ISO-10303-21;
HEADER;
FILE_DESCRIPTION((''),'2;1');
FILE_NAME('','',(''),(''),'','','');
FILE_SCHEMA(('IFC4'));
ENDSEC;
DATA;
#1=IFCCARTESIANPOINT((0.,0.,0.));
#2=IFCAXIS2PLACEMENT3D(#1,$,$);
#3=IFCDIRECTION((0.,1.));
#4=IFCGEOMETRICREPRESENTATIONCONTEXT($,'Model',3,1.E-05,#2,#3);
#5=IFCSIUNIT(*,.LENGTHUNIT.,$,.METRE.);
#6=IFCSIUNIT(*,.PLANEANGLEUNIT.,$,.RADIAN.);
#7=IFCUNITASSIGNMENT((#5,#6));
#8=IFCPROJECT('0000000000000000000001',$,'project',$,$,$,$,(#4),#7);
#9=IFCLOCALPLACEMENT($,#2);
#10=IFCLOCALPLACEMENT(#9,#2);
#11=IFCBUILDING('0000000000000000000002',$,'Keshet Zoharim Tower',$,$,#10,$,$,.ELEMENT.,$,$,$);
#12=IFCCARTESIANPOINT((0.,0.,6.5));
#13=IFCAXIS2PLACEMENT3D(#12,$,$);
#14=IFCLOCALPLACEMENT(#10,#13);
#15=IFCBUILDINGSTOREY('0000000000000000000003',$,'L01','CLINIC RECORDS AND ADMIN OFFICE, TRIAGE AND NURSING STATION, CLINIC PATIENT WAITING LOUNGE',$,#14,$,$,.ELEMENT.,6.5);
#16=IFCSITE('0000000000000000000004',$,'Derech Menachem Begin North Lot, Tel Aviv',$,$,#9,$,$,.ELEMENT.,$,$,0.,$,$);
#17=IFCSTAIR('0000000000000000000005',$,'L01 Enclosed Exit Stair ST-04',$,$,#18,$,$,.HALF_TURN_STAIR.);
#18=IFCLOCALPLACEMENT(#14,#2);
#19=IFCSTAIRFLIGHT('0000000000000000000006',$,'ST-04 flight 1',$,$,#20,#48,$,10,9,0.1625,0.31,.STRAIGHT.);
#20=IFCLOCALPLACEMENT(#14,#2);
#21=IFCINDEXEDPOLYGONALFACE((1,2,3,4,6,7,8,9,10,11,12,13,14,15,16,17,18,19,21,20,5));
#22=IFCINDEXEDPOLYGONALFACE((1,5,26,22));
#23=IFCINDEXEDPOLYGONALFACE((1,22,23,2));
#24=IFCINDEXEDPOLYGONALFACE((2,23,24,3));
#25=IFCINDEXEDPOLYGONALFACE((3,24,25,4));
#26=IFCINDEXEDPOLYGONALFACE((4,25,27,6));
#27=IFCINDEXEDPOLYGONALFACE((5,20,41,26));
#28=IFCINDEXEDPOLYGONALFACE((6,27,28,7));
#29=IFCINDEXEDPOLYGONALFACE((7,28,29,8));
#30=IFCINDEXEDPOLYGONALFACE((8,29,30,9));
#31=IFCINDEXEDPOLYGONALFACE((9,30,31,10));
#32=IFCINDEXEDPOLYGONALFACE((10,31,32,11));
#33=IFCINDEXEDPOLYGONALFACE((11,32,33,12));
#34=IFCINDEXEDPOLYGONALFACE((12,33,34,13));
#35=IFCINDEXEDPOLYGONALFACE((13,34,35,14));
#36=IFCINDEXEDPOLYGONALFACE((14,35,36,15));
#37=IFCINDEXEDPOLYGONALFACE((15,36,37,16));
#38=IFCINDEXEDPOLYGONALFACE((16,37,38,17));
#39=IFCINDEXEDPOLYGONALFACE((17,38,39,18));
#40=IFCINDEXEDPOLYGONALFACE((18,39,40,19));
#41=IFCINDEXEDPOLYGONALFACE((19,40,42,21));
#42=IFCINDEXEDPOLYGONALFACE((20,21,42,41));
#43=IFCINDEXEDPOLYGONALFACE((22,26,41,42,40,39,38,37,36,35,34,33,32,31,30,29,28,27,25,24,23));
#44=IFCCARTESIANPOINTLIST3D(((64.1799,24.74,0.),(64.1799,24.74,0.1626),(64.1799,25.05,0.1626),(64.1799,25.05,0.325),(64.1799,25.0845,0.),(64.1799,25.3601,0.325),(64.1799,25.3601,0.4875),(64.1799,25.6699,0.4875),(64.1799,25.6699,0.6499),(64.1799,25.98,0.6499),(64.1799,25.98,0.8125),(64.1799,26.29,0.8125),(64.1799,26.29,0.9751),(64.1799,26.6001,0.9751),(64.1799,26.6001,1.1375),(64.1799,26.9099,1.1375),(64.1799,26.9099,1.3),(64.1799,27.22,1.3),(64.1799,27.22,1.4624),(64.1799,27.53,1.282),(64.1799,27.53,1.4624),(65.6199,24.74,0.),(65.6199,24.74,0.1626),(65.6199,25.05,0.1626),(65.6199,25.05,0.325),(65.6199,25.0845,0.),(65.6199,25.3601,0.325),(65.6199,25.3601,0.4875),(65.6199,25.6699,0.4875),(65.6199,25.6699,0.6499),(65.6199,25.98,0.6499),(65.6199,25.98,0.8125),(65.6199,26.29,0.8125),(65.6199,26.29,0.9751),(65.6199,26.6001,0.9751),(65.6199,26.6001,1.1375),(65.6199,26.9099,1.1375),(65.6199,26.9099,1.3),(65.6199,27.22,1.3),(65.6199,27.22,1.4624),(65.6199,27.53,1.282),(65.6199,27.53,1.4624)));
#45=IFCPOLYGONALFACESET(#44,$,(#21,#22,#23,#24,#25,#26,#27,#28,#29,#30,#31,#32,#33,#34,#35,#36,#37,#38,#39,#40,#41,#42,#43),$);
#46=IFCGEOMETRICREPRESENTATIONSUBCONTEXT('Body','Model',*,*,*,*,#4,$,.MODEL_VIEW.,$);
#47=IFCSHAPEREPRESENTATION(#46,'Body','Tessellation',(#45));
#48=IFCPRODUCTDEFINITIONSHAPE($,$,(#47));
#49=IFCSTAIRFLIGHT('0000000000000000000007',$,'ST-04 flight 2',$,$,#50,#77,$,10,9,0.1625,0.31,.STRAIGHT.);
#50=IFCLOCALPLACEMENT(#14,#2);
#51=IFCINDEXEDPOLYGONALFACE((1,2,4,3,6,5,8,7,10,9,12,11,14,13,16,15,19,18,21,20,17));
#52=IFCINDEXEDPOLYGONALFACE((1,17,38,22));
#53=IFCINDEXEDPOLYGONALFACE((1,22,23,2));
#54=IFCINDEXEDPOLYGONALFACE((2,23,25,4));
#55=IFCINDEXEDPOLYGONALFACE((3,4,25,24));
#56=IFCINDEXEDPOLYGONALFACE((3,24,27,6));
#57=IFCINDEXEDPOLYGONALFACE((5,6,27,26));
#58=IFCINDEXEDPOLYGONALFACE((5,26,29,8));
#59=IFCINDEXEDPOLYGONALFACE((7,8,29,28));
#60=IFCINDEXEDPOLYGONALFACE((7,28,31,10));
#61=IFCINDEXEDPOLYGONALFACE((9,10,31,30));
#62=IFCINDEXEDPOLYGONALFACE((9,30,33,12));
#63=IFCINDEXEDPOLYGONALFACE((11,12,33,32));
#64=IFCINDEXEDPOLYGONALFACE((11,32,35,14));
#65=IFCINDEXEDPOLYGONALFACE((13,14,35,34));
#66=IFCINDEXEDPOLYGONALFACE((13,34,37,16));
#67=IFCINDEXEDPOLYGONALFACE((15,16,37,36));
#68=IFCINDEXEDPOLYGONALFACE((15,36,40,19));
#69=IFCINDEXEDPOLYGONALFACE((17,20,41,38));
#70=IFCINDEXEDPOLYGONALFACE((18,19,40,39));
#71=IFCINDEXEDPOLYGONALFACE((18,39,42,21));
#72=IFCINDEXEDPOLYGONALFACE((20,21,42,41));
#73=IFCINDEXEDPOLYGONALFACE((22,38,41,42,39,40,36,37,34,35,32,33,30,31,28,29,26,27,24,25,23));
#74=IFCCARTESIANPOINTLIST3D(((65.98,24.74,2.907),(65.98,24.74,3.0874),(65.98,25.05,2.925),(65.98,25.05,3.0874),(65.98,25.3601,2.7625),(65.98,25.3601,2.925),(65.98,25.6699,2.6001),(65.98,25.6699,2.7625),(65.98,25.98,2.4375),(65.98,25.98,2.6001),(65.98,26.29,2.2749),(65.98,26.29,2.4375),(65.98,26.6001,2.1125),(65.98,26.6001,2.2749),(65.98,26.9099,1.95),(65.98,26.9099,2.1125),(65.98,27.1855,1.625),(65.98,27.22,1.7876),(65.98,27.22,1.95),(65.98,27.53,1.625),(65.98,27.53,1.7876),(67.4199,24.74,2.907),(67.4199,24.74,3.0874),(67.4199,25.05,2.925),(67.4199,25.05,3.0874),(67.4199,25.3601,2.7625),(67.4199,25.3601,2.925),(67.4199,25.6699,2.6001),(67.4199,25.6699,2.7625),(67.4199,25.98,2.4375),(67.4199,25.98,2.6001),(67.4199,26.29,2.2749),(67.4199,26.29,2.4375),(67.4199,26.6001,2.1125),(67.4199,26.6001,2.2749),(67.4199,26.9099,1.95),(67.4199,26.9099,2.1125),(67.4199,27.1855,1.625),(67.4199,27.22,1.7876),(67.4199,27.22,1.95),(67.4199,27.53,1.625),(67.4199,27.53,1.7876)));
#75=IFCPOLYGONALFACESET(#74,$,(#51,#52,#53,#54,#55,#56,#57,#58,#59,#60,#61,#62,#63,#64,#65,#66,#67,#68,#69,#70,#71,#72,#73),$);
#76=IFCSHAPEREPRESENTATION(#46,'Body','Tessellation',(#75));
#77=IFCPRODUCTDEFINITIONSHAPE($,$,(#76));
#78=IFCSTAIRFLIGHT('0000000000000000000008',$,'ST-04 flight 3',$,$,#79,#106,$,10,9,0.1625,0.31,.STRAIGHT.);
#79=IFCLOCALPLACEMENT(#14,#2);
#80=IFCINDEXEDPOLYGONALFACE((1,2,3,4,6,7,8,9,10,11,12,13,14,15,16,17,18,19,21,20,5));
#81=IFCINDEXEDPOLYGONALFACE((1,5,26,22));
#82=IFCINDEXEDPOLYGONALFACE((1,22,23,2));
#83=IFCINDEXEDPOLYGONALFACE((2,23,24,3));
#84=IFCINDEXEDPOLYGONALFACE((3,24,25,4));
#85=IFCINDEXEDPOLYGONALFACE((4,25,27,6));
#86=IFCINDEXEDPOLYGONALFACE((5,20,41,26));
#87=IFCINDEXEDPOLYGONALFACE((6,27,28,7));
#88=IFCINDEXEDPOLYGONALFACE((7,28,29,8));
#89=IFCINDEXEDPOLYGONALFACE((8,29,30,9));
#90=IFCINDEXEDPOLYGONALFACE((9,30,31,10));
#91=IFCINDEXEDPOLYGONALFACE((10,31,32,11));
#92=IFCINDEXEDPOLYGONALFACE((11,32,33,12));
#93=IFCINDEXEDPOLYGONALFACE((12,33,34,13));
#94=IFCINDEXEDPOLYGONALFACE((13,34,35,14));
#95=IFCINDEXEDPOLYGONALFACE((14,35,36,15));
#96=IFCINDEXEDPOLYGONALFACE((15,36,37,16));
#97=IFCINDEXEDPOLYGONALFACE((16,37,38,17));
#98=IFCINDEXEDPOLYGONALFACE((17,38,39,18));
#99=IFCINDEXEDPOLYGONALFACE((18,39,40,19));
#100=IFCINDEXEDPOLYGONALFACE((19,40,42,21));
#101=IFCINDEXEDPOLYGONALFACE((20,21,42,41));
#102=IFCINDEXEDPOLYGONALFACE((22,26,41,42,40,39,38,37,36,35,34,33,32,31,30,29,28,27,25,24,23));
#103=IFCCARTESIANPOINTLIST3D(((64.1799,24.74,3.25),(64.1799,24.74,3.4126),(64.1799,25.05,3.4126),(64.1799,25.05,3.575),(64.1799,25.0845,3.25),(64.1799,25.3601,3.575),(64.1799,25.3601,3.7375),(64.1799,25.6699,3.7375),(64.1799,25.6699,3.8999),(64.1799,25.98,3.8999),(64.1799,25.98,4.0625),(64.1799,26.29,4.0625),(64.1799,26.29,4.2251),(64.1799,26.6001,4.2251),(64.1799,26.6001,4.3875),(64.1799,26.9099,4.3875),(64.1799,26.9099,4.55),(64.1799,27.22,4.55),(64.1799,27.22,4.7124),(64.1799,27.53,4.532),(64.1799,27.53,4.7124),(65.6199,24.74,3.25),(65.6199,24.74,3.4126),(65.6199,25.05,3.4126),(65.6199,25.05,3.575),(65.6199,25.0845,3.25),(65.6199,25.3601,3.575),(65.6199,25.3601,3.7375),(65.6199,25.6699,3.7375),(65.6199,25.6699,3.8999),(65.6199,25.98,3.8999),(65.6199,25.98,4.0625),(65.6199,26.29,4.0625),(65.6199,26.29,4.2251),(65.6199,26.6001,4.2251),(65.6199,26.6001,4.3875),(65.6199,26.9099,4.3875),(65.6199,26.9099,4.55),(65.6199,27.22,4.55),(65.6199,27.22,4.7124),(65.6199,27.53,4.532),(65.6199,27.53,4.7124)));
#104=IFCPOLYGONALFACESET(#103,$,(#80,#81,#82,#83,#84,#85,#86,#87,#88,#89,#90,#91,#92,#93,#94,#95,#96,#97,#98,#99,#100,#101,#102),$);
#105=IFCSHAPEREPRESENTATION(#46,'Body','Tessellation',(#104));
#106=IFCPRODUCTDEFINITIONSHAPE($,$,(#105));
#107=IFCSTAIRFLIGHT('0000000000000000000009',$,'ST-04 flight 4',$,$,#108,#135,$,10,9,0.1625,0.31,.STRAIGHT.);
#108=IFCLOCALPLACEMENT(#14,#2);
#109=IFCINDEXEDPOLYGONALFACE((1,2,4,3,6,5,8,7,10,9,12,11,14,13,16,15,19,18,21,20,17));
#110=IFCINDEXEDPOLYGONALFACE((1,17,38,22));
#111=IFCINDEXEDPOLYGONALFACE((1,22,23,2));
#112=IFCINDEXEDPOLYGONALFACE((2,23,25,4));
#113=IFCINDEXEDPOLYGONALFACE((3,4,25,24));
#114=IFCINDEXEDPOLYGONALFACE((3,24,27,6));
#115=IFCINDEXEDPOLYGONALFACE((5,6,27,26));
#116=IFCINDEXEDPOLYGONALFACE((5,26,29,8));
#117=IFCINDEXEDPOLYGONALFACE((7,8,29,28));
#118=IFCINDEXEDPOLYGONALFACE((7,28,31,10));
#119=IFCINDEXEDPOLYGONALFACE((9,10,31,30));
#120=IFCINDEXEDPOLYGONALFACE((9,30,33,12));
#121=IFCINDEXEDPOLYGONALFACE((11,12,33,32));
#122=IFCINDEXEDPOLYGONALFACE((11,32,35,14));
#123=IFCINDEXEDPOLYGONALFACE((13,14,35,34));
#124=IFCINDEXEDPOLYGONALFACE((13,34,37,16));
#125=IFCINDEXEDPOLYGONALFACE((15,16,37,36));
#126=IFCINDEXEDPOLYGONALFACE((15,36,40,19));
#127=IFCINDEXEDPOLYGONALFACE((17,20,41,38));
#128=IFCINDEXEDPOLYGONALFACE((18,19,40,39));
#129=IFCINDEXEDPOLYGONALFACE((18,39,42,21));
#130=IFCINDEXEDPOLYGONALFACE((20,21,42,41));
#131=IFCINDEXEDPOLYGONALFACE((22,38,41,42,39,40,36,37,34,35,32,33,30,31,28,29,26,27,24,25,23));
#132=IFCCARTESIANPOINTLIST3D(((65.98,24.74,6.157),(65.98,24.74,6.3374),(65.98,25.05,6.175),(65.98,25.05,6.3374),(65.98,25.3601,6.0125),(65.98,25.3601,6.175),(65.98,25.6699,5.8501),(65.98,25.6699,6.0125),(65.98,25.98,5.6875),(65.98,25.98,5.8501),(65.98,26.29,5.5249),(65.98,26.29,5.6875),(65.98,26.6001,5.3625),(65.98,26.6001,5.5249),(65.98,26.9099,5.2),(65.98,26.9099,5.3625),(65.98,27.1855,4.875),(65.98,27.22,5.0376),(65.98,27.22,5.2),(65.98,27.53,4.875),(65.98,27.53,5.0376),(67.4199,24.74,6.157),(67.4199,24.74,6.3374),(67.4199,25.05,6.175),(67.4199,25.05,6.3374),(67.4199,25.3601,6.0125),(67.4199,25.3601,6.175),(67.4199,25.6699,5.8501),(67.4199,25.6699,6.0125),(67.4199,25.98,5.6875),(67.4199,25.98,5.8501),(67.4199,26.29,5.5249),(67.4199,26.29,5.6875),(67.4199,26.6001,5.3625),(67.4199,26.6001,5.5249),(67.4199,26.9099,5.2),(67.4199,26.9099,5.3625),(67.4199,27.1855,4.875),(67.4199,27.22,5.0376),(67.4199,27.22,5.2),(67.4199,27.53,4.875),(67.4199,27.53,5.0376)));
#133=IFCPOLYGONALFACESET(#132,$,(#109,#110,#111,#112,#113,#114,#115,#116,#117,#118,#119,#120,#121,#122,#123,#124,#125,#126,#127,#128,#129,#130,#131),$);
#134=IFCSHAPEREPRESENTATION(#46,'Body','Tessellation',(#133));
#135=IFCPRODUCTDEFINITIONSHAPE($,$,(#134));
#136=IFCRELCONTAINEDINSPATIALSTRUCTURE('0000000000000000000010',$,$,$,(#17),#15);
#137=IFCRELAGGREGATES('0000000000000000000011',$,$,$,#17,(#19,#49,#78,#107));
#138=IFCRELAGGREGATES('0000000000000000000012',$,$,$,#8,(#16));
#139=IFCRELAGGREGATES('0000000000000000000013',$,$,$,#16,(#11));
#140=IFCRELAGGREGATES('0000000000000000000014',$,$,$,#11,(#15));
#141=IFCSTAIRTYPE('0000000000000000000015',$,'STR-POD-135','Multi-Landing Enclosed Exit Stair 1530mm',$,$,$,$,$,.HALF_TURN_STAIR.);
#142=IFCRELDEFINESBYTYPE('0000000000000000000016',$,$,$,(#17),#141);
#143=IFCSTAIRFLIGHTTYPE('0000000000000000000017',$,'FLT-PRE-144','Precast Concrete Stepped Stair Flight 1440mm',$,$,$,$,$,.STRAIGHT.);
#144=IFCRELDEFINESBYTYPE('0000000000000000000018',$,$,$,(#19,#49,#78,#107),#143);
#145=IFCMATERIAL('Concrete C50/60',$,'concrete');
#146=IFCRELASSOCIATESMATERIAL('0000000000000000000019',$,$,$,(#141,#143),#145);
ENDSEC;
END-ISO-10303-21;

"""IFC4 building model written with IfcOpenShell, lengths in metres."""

from ifc_helpers import new_model, si_unit, direction, frame, origin, place, context, subcontext, project, spatial, polyline, outline, extrude, material, type_object, element, aggregate, save


model = new_model("IFC4")

# Units and contexts
model_context = context("Model", 3, precision=1e-05, world=origin(), true_north=direction((0.0, 1.0)))
body_context = subcontext(model_context, "Body", "Model", "MODEL_VIEW")
ifc_project = project(units=[si_unit("LENGTHUNIT", "METRE"), si_unit("PLANEANGLEUNIT", "RADIAN")], contexts=[model_context])

# Site, building, storey
site_placement = place(None, origin())
site = spatial("IfcSite", under=ifc_project, at=site_placement, Name="Derech Menachem Begin North Lot, Tel Aviv", CompositionType="ELEMENT", RefElevation=0.0)
building_placement = place(site_placement, origin())
building = spatial("IfcBuilding", under=site, at=building_placement, Name="Keshet Zoharim Tower", CompositionType="ELEMENT")
storey_placement = place(building_placement, frame((0.0, 0.0, 6.5)))
storey = spatial("IfcBuildingStorey", under=building, at=storey_placement, Name="L01", Description="CLINIC RECORDS AND ADMIN OFFICE, TRIAGE AND NURSING STATION, CLINIC PATIENT WAITING LOUNGE", CompositionType="ELEMENT", Elevation=6.5)

# Shared definitions
ifc_material_1 = material(Name="Concrete C50/60", Category="concrete")

# Stair, stair flights
stair_type = type_object("IfcStairType", Name="STR-POD-135", Description="Multi-Landing Enclosed Exit Stair 1530mm", PredefinedType="HALF_TURN_STAIR", material=ifc_material_1)
stair_placement = place(storey_placement, origin())
stair = element("IfcStair", 1, at=stair_placement, inside=storey, type_object=stair_type, Name="L01 Enclosed Exit Stair ST-04", PredefinedType="HALF_TURN_STAIR")
stair_flight_type = type_object("IfcStairFlightType", Name="FLT-PRE-144", Description="Precast Concrete Stepped Stair Flight 1440mm", PredefinedType="STRAIGHT", material=ifc_material_1)
stair_flight_1_placement = place(storey_placement, frame((64.8999, 24.74, 0.0), z_axis=(0.0, 0.0, 1.0), x_axis=(0.0, 1.0, 0.0)))
stair_flight_1 = element("IfcStairFlight", 2, at=stair_flight_1_placement, type_object=stair_flight_type, Name="ST-04 flight 1", NumberOfRisers=10, NumberOfTreads=9, PredefinedType="STRAIGHT", RiserHeight=0.1625, TreadLength=0.31, context=body_context, shape_type="SweptSolid", body=[
    extrude(outline(polyline([(0.0, 0.0), (0.0, 0.1626), (0.3101, 0.1626), (0.3101, 0.325), (0.6201, 0.325), (0.6201, 0.4875), (0.9299, 0.4875), (0.9299, 0.6499), (1.24, 0.6499), (1.24, 0.8125), (1.55, 0.8125), (1.55, 0.9751), (1.8601, 0.9751), (1.8601, 1.1375), (2.1699, 1.1375), (2.1699, 1.3), (2.48, 1.3), (2.48, 1.4624), (2.79, 1.4624), (2.79, 1.625), (2.79, 1.282), (0.3445, 0.0), (0.0, 0.0)])), frame((0.0, 0.72, 0.0), z_axis=(0.0, -1.0, 0.0), x_axis=(1.0, 0.0, 0.0)), (0.0, 0.0, 1.0), 1.4399),
])
stair_flight_2_placement = place(storey_placement, frame((66.7, 27.53, 1.625), z_axis=(0.0, 0.0, 1.0), x_axis=(0.0, -1.0, 0.0)))
stair_flight_2 = element("IfcStairFlight", 3, at=stair_flight_2_placement, type_object=stair_flight_type, Name="ST-04 flight 2", NumberOfRisers=10, NumberOfTreads=9, PredefinedType="STRAIGHT", RiserHeight=0.1625, TreadLength=0.31, context=body_context, shape_type="SweptSolid", body=[
    extrude(outline(polyline([(0.0, 0.0), (0.0, 0.1626), (0.3101, 0.1626), (0.3101, 0.325), (0.6201, 0.325), (0.6201, 0.4875), (0.9299, 0.4875), (0.9299, 0.6499), (1.24, 0.6499), (1.24, 0.8125), (1.55, 0.8125), (1.55, 0.9751), (1.8601, 0.9751), (1.8601, 1.1375), (2.1699, 1.1375), (2.1699, 1.3), (2.48, 1.3), (2.48, 1.4624), (2.79, 1.4624), (2.79, 1.625), (2.79, 1.282), (0.3445, 0.0), (0.0, 0.0)])), frame((0.0, 0.72, 0.0), z_axis=(0.0, -1.0, 0.0), x_axis=(1.0, 0.0, 0.0)), (0.0, 0.0, 1.0), 1.4399),
])
stair_flight_3_placement = place(storey_placement, frame((64.8999, 24.74, 3.25), z_axis=(0.0, 0.0, 1.0), x_axis=(0.0, 1.0, 0.0)))
stair_flight_3 = element("IfcStairFlight", 4, at=stair_flight_3_placement, type_object=stair_flight_type, Name="ST-04 flight 3", NumberOfRisers=10, NumberOfTreads=9, PredefinedType="STRAIGHT", RiserHeight=0.1625, TreadLength=0.31, context=body_context, shape_type="SweptSolid", body=[
    extrude(outline(polyline([(0.0, 0.0), (0.0, 0.1626), (0.3101, 0.1626), (0.3101, 0.325), (0.6201, 0.325), (0.6201, 0.4875), (0.9299, 0.4875), (0.9299, 0.6499), (1.24, 0.6499), (1.24, 0.8125), (1.55, 0.8125), (1.55, 0.9751), (1.8601, 0.9751), (1.8601, 1.1375), (2.1699, 1.1375), (2.1699, 1.3), (2.48, 1.3), (2.48, 1.4624), (2.79, 1.4624), (2.79, 1.625), (2.79, 1.282), (0.3445, 0.0), (0.0, 0.0)])), frame((0.0, 0.72, 0.0), z_axis=(0.0, -1.0, 0.0), x_axis=(1.0, 0.0, 0.0)), (0.0, 0.0, 1.0), 1.4399),
])
stair_flight_4_placement = place(storey_placement, frame((66.7, 27.53, 4.875), z_axis=(0.0, 0.0, 1.0), x_axis=(0.0, -1.0, 0.0)))
stair_flight_4 = element("IfcStairFlight", 5, at=stair_flight_4_placement, type_object=stair_flight_type, Name="ST-04 flight 4", NumberOfRisers=10, NumberOfTreads=9, PredefinedType="STRAIGHT", RiserHeight=0.1625, TreadLength=0.31, context=body_context, shape_type="SweptSolid", body=[
    extrude(outline(polyline([(0.0, 0.0), (0.0, 0.1626), (0.3101, 0.1626), (0.3101, 0.325), (0.6201, 0.325), (0.6201, 0.4875), (0.9299, 0.4875), (0.9299, 0.6499), (1.24, 0.6499), (1.24, 0.8125), (1.55, 0.8125), (1.55, 0.9751), (1.8601, 0.9751), (1.8601, 1.1375), (2.1699, 1.1375), (2.1699, 1.3), (2.48, 1.3), (2.48, 1.4624), (2.79, 1.4624), (2.79, 1.625), (2.79, 1.282), (0.3445, 0.0), (0.0, 0.0)])), frame((0.0, 0.72, 0.0), z_axis=(0.0, -1.0, 0.0), x_axis=(1.0, 0.0, 0.0)), (0.0, 0.0, 1.0), 1.4399),
])
aggregate(stair, [stair_flight_1, stair_flight_2, stair_flight_3, stair_flight_4])

save(model, "model.ifc")
